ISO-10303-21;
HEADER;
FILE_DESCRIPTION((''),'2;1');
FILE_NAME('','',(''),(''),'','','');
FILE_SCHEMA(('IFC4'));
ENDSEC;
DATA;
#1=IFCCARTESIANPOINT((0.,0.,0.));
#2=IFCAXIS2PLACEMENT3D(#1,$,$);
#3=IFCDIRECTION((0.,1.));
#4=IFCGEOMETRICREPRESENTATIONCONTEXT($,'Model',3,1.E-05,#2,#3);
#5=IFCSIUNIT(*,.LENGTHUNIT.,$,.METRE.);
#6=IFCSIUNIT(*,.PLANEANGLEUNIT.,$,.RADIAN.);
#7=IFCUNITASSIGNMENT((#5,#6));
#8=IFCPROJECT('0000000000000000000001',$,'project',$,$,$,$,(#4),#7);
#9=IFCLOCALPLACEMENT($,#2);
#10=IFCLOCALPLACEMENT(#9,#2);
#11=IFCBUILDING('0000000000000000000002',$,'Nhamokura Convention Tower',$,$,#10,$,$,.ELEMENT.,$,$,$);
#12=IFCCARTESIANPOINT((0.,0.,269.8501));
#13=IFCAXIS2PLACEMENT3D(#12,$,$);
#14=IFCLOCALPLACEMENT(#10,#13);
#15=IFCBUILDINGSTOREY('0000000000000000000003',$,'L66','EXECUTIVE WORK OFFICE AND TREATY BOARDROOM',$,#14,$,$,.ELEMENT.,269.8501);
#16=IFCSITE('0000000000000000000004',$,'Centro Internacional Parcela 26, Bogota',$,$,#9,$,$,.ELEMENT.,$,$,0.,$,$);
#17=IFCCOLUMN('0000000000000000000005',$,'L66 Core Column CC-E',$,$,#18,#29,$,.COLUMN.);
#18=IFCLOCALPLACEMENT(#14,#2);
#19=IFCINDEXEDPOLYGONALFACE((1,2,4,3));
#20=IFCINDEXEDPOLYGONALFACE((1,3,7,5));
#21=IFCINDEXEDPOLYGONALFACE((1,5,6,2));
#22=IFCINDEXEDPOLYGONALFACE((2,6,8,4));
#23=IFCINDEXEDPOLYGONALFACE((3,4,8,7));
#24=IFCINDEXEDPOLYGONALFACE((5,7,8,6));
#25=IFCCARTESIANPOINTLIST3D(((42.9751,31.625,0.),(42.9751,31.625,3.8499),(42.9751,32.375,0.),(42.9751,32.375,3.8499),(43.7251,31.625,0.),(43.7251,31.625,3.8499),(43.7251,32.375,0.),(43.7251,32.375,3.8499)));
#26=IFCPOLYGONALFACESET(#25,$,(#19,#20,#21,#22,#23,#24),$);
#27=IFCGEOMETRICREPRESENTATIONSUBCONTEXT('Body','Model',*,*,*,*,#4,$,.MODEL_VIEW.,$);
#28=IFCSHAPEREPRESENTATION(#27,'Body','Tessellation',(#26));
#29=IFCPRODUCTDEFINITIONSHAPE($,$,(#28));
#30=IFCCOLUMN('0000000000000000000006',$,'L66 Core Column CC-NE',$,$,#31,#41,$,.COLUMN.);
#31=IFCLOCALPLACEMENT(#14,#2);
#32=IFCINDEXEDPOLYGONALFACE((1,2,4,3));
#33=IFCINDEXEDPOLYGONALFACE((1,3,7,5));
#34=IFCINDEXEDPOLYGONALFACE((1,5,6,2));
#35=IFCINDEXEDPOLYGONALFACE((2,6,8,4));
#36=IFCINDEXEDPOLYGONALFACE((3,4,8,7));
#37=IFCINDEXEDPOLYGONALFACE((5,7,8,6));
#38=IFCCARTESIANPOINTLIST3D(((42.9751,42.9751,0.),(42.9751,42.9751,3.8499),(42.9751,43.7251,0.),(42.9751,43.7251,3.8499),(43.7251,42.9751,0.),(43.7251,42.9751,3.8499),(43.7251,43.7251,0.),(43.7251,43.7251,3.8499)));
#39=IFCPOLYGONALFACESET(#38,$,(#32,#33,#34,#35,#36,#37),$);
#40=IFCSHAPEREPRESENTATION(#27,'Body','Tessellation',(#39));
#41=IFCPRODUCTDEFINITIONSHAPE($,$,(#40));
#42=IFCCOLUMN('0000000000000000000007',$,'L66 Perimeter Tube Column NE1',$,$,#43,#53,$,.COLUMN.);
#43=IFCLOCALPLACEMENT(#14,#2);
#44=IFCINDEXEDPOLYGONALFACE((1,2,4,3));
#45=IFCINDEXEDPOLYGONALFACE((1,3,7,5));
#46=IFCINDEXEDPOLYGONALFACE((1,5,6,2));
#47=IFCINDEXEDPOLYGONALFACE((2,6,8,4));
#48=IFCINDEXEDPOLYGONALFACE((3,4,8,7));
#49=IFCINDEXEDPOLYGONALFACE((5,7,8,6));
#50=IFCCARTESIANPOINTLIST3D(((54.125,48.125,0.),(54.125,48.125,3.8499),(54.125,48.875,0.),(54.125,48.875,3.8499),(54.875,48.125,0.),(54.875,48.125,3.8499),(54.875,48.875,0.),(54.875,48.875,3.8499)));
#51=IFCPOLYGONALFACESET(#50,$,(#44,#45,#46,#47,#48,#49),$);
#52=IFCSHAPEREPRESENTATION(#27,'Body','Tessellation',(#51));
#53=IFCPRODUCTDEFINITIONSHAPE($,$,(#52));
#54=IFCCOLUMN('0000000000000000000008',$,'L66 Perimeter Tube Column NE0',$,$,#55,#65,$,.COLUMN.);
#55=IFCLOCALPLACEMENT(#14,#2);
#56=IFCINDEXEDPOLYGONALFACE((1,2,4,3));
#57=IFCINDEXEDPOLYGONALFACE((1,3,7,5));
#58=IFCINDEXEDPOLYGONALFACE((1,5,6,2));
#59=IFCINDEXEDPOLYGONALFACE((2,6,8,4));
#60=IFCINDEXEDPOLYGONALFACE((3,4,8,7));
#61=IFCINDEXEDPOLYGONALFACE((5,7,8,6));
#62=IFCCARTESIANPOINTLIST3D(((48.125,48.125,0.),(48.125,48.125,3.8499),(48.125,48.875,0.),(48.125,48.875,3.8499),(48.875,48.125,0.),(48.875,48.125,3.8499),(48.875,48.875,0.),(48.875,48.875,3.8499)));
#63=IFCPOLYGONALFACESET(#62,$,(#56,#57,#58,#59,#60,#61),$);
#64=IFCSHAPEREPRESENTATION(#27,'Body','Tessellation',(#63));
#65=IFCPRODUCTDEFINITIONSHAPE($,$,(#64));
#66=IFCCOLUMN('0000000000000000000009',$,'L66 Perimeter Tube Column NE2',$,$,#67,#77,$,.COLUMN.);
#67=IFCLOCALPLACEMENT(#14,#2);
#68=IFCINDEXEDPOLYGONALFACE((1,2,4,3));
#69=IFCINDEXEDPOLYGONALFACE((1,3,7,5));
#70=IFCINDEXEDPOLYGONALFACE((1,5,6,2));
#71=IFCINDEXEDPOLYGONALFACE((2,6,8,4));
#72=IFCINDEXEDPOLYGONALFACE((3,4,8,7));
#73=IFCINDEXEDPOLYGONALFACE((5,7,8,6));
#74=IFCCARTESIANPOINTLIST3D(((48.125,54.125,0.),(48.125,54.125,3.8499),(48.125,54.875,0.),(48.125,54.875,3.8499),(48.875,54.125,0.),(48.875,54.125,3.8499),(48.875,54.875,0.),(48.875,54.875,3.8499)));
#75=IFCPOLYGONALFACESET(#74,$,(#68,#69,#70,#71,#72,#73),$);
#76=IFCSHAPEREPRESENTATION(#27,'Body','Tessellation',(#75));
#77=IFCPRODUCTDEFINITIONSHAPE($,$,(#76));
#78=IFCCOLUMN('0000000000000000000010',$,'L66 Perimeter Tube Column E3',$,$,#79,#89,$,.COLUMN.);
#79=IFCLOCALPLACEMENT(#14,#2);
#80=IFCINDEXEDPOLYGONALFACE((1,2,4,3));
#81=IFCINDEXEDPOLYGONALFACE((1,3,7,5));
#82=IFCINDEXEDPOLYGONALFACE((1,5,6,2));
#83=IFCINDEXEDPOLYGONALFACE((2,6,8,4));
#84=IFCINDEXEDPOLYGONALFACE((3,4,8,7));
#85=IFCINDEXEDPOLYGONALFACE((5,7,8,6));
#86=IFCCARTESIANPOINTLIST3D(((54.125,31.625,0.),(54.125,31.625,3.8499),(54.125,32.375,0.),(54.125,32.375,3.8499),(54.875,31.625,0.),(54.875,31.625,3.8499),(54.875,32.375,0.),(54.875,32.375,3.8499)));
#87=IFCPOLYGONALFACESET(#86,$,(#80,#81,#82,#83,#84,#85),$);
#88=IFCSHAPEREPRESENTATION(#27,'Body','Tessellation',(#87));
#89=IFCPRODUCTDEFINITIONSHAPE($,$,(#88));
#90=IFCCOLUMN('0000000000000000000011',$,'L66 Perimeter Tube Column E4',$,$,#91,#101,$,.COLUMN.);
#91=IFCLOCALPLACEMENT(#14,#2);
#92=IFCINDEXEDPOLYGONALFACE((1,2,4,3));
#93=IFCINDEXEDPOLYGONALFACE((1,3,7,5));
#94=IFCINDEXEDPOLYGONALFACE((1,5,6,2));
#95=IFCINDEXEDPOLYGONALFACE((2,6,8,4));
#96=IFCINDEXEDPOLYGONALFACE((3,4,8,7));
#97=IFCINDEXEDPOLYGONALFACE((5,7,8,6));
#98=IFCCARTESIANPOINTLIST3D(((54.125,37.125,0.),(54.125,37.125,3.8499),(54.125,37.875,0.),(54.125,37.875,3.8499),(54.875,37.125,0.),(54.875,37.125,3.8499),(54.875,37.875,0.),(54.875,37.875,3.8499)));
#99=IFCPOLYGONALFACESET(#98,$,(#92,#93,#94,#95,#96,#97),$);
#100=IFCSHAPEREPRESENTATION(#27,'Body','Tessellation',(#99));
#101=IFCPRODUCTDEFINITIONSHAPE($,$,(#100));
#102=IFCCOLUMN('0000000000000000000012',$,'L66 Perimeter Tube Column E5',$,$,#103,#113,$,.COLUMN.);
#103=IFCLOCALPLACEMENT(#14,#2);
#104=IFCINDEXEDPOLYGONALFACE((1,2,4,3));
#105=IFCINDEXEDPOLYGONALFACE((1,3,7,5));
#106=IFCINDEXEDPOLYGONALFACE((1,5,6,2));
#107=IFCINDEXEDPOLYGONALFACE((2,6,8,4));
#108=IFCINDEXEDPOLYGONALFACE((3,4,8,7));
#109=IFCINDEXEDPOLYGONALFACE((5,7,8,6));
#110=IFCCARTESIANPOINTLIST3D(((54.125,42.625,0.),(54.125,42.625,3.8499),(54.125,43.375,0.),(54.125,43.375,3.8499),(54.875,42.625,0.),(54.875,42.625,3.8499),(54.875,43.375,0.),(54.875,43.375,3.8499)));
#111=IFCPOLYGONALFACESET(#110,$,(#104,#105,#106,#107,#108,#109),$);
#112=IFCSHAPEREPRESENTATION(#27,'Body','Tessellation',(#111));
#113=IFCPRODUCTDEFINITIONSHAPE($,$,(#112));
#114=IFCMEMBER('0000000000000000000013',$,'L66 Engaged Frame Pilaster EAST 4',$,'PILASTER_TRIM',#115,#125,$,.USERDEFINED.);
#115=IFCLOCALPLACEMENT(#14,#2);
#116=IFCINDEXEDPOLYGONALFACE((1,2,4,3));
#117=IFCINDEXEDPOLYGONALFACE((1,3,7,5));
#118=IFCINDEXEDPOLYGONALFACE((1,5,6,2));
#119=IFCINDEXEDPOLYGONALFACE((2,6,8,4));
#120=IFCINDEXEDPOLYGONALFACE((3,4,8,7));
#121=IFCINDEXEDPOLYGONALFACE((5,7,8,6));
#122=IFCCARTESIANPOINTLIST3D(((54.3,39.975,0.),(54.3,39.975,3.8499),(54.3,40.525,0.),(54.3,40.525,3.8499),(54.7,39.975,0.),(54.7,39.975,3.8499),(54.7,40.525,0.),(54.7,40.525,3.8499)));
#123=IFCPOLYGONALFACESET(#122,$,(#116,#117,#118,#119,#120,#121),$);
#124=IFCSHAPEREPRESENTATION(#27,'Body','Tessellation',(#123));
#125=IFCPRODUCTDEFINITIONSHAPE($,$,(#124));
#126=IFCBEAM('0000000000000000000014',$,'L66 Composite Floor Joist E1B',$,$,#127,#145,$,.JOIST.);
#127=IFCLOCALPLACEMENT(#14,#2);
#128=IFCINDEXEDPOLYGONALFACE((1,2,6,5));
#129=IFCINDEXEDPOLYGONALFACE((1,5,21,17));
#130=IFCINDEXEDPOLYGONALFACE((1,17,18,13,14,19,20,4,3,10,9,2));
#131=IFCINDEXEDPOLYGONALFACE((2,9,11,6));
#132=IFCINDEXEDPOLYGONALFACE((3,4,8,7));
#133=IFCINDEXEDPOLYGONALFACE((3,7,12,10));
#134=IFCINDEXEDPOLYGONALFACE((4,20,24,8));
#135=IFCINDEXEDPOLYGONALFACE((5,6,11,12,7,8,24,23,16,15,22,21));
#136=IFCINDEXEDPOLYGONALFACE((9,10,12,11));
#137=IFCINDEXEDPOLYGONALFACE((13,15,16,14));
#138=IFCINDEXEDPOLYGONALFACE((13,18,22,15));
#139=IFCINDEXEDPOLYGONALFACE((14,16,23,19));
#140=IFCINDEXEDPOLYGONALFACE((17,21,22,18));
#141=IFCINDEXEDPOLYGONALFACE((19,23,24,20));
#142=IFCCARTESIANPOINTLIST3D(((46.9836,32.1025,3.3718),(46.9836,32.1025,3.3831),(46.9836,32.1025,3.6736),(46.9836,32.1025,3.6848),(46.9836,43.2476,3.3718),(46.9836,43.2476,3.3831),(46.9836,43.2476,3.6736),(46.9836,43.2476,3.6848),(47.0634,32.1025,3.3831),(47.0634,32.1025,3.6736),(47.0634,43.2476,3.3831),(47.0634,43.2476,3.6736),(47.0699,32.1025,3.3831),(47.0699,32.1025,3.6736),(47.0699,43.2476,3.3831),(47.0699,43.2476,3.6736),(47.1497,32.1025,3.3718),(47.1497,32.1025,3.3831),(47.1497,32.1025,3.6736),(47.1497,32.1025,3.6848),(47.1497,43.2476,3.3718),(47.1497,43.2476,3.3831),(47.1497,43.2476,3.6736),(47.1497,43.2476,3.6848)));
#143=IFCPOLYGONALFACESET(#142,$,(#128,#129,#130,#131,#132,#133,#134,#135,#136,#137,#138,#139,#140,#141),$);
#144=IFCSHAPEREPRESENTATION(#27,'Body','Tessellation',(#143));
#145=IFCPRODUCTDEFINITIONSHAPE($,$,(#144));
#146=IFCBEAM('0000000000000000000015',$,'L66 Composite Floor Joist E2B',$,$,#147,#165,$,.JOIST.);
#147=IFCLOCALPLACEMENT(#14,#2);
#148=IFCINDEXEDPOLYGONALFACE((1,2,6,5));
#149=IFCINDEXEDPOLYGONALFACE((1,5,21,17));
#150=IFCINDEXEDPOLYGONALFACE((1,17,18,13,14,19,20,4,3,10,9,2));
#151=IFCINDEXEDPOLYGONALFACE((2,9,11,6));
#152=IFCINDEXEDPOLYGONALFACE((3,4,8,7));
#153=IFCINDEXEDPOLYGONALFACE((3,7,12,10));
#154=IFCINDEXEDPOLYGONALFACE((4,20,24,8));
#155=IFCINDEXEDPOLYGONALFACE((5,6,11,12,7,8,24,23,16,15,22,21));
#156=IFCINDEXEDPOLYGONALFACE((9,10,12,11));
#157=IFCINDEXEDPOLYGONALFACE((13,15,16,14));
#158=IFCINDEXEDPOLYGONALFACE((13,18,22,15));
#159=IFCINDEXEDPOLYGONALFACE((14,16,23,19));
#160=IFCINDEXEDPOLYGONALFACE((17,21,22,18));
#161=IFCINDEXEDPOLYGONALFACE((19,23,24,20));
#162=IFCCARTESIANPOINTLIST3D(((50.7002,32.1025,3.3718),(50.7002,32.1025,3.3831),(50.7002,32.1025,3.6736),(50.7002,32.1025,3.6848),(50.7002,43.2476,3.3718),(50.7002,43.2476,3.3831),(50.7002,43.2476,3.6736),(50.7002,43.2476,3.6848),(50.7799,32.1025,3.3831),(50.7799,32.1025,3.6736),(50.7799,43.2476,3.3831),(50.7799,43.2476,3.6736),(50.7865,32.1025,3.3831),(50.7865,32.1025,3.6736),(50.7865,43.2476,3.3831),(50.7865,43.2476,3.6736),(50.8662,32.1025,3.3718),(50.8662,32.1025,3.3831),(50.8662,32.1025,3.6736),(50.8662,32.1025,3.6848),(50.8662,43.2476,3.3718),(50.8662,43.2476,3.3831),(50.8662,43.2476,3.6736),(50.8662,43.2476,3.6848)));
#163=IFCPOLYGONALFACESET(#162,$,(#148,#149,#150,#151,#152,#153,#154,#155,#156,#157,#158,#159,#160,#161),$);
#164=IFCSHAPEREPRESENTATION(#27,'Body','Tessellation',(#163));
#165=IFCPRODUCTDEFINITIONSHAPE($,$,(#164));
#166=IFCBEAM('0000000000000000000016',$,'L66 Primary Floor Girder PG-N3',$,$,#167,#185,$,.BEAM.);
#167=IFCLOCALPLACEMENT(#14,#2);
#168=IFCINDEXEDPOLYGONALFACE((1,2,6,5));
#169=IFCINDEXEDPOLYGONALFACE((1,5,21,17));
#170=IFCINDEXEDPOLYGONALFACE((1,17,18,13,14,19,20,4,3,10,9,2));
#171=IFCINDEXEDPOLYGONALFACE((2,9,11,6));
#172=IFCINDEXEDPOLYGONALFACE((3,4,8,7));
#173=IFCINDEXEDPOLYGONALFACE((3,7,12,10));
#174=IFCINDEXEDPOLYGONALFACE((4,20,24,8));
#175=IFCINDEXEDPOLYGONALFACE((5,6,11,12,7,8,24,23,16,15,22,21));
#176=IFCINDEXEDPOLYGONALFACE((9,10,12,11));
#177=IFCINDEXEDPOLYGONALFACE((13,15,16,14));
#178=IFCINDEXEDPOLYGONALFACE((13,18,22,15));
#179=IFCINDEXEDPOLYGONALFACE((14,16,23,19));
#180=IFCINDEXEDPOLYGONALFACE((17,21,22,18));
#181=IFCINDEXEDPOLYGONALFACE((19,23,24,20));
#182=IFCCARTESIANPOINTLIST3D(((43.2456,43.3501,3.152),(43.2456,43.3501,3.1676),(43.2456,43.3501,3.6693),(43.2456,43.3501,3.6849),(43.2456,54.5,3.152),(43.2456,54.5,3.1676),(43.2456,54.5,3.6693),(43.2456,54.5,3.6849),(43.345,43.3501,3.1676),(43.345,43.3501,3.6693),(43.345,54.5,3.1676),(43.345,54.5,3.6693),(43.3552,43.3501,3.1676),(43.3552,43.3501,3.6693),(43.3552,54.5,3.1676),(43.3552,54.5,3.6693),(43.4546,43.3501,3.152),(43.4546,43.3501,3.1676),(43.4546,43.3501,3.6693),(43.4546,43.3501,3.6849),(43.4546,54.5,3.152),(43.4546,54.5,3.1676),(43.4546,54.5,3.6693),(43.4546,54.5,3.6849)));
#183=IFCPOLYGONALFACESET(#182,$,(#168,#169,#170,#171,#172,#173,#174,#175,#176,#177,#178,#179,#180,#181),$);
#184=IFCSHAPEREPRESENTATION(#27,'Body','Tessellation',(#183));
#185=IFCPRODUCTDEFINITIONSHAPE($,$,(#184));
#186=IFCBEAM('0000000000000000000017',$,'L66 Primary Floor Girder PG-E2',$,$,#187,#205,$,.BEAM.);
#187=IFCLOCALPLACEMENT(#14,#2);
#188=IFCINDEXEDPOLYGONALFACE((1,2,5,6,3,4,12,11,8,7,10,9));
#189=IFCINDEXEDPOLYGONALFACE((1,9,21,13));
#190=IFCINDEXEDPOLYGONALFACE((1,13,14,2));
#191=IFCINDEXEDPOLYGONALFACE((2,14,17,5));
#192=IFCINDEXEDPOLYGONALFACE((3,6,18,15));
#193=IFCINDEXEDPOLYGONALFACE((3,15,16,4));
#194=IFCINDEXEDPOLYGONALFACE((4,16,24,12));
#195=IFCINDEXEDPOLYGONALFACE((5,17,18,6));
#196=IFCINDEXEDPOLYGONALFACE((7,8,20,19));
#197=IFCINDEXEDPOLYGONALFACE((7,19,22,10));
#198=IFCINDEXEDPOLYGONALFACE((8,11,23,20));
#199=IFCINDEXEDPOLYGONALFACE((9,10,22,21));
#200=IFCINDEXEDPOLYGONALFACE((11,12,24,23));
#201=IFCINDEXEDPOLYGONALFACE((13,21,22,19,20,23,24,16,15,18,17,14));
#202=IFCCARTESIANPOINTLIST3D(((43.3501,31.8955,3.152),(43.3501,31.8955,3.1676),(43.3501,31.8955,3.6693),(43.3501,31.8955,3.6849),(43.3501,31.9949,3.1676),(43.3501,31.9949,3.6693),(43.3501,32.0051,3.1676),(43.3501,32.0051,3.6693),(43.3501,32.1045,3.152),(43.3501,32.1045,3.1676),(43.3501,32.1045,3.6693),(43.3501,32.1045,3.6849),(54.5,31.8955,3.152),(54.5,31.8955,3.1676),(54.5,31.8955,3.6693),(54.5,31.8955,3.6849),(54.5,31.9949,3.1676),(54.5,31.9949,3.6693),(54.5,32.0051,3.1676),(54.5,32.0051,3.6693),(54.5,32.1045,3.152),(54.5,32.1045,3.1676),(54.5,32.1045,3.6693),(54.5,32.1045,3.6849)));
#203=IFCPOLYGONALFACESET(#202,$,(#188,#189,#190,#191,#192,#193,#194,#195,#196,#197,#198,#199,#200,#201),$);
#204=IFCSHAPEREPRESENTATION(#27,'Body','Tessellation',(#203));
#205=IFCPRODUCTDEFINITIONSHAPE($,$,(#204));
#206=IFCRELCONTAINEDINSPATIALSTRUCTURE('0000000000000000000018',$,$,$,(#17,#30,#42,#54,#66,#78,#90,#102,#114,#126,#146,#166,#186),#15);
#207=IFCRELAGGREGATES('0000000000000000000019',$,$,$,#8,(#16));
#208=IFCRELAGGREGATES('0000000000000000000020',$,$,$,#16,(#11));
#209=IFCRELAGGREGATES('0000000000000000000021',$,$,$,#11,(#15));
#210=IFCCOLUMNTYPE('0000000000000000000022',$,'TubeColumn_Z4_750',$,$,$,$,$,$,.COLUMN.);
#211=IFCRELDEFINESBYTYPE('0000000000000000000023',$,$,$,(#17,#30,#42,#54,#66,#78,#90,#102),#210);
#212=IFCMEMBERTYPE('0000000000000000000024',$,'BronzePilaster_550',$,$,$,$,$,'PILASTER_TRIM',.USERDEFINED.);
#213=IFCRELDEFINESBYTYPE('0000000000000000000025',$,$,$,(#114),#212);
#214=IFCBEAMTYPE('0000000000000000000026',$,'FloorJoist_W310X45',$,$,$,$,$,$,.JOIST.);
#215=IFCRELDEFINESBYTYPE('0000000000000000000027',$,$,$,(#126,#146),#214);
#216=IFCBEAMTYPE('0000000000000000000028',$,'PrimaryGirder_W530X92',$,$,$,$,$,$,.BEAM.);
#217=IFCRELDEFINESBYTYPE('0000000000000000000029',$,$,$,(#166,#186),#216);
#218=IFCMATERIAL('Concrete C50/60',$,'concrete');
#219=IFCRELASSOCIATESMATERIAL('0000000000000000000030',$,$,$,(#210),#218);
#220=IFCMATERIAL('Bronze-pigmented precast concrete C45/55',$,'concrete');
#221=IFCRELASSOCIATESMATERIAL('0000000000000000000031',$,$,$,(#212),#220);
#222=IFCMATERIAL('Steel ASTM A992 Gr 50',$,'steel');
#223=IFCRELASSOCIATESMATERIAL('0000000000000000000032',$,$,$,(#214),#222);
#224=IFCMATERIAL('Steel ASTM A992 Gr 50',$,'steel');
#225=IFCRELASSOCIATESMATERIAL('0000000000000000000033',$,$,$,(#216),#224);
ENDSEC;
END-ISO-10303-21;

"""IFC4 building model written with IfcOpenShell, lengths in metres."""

from ifc_helpers import new_model, si_unit, direction, frame, origin, origin_2d, place, context, subcontext, project, spatial, rectangle, i_section, extrude, material, material_profile, profile_set, type_object, element, save


model = new_model("IFC4")

# Units and contexts
model_context = context("Model", 3, precision=1e-05, world=origin(), true_north=direction((0.0, 1.0)))
body_context = subcontext(model_context, "Body", "Model", "MODEL_VIEW")
ifc_project = project(units=[si_unit("LENGTHUNIT", "METRE"), si_unit("PLANEANGLEUNIT", "RADIAN")], contexts=[model_context])

# Site, building, storey
site_placement = place(None, origin())
site = spatial("IfcSite", under=ifc_project, at=site_placement, Name="Centro Internacional Parcela 26, Bogota", CompositionType="ELEMENT", RefElevation=0.0)
building_placement = place(site_placement, origin())
building = spatial("IfcBuilding", under=site, at=building_placement, Name="Nhamokura Convention Tower", CompositionType="ELEMENT")
storey_placement = place(building_placement, frame((0.0, 0.0, 269.8501)))
storey = spatial("IfcBuildingStorey", under=building, at=storey_placement, Name="L66", Description="EXECUTIVE WORK OFFICE AND TREATY BOARDROOM", CompositionType="ELEMENT", Elevation=269.8501)

# Columns
ifc_material_1 = material(Name="Concrete C50/60", Category="concrete")
ifc_material_profile_1 = material_profile(ifc_material_1, rectangle(XDim=0.75, YDim=0.75, at=origin_2d()))
ifc_profile_set_1 = profile_set([ifc_material_profile_1], Name="Concrete C50/60")
column_type = type_object("IfcColumnType", Name="TubeColumn_Z4_750", PredefinedType="COLUMN", material=ifc_profile_set_1)
for number, where, z_axis, x_axis, name in (
    (1, (43.3501, 32.0, 0.0), (0.0, 0.0, 1.0), (1.0, 0.0, 0.0), "L66 Core Column CC-E"),
    (2, (43.3501, 43.3501, 0.0), (0.0, 0.0, 1.0), (1.0, 0.0, 0.0), "L66 Core Column CC-NE"),
    (3, (54.5, 48.5, 0.0), (0.0, 0.0, 1.0), (1.0, 0.0, 0.0), "L66 Perimeter Tube Column NE1"),
    (4, (48.5, 48.5, 0.0), (0.0, 0.0, 1.0), (1.0, 0.0, 0.0), "L66 Perimeter Tube Column NE0"),
    (5, (48.5, 54.5, 0.0), (0.0, 0.0, 1.0), (1.0, 0.0, 0.0), "L66 Perimeter Tube Column NE2"),
    (6, (54.5, 32.0, 0.0), (0.0, 0.0, 1.0), (1.0, 0.0, 0.0), "L66 Perimeter Tube Column E3"),
    (7, (54.5, 37.5, 0.0), (0.0, 0.0, 1.0), (1.0, 0.0, 0.0), "L66 Perimeter Tube Column E4"),
    (8, (54.5, 43.0, 0.0), (0.0, 0.0, 1.0), (1.0, 0.0, 0.0), "L66 Perimeter Tube Column E5"),
):
    element("IfcColumn", number, at=place(storey_placement, frame(where, z_axis=z_axis, x_axis=x_axis)), inside=storey, type_object=column_type, Name=name, PredefinedType="COLUMN", context=body_context, shape_type="SweptSolid", body=[
        extrude(rectangle(XDim=0.75, YDim=0.75, at=origin_2d()), origin(), (0.0, 0.0, 1.0), 3.8499),
    ])

# Member
ifc_material_2 = material(Name="Bronze-pigmented precast concrete C45/55", Category="concrete")
ifc_material_profile_2 = material_profile(ifc_material_2, rectangle(XDim=0.3999, YDim=0.55, at=origin_2d()))
ifc_profile_set_2 = profile_set([ifc_material_profile_2], Name="Bronze-pigmented precast concrete C45/55")
member_type_1 = type_object("IfcMemberType", Name="BronzePilaster_550", ElementType="PILASTER_TRIM", PredefinedType="USERDEFINED", material=ifc_profile_set_2)
member_1_placement = place(storey_placement, frame((54.5, 40.25, 0.0), z_axis=(0.0, 0.0, 1.0), x_axis=(1.0, 0.0, 0.0)))
element("IfcMember", 9, at=member_1_placement, inside=storey, type_object=member_type_1, Name="L66 Engaged Frame Pilaster EAST 4", ObjectType="PILASTER_TRIM", PredefinedType="USERDEFINED", context=body_context, shape_type="SweptSolid", body=[
    extrude(rectangle(XDim=0.3999, YDim=0.55, at=origin_2d()), origin(), (0.0, 0.0, 1.0), 3.8499),
])

# Beams
ifc_material_3 = material(Name="Steel ASTM A992 Gr 50", Category="steel")
ifc_material_profile_3 = material_profile(ifc_material_3, i_section(OverallWidth=0.166, OverallDepth=0.313, WebThickness=0.0066, FlangeThickness=0.0112, at=origin_2d()))
ifc_profile_set_3 = profile_set([ifc_material_profile_3], Name="Steel ASTM A992 Gr 50")
beam_type_1 = type_object("IfcBeamType", Name="FloorJoist_W310X45", PredefinedType="JOIST", material=ifc_profile_set_3)
for number, where, z_axis, x_axis, name in (
    (10, (47.0667, 32.1025, 3.5283), (0.0, 1.0, 0.0), (-1.0, 0.0, 0.0), "L66 Composite Floor Joist E1B"),
    (11, (50.7832, 32.1025, 3.5283), (0.0, 1.0, 0.0), (-1.0, 0.0, 0.0), "L66 Composite Floor Joist E2B"),
):
    element("IfcBeam", number, at=place(storey_placement, frame(where, z_axis=z_axis, x_axis=x_axis)), inside=storey, type_object=beam_type_1, Name=name, PredefinedType="JOIST", context=body_context, shape_type="SweptSolid", body=[
        extrude(i_section(OverallWidth=0.166, OverallDepth=0.313, WebThickness=0.0066, FlangeThickness=0.0112, at=origin_2d()), origin(), (0.0, 0.0, 1.0), 11.145),
    ])
ifc_material_4 = material(Name="Steel ASTM A992 Gr 50", Category="steel")
ifc_material_profile_4 = material_profile(ifc_material_4, i_section(OverallWidth=0.209, OverallDepth=0.533, WebThickness=0.0103, FlangeThickness=0.0156, at=origin_2d()))
ifc_profile_set_4 = profile_set([ifc_material_profile_4], Name="Steel ASTM A992 Gr 50")
beam_type_2 = type_object("IfcBeamType", Name="PrimaryGirder_W530X92", PredefinedType="BEAM", material=ifc_profile_set_4)
for number, where, z_axis, x_axis, name in (
    (12, (43.3501, 43.3501, 3.4185), (0.0, 1.0, 0.0), (-1.0, 0.0, 0.0), "L66 Primary Floor Girder PG-N3"),
    (13, (43.3501, 32.0, 3.4185), (1.0, 0.0, 0.0), (0.0, 1.0, 0.0), "L66 Primary Floor Girder PG-E2"),
):
    element("IfcBeam", number, at=place(storey_placement, frame(where, z_axis=z_axis, x_axis=x_axis)), inside=storey, type_object=beam_type_2, Name=name, PredefinedType="BEAM", context=body_context, shape_type="SweptSolid", body=[
        extrude(i_section(OverallWidth=0.209, OverallDepth=0.533, WebThickness=0.0103, FlangeThickness=0.0156, at=origin_2d()), origin(), (0.0, 0.0, 1.0), 11.1499),
    ])

save(model, "model.ifc")
